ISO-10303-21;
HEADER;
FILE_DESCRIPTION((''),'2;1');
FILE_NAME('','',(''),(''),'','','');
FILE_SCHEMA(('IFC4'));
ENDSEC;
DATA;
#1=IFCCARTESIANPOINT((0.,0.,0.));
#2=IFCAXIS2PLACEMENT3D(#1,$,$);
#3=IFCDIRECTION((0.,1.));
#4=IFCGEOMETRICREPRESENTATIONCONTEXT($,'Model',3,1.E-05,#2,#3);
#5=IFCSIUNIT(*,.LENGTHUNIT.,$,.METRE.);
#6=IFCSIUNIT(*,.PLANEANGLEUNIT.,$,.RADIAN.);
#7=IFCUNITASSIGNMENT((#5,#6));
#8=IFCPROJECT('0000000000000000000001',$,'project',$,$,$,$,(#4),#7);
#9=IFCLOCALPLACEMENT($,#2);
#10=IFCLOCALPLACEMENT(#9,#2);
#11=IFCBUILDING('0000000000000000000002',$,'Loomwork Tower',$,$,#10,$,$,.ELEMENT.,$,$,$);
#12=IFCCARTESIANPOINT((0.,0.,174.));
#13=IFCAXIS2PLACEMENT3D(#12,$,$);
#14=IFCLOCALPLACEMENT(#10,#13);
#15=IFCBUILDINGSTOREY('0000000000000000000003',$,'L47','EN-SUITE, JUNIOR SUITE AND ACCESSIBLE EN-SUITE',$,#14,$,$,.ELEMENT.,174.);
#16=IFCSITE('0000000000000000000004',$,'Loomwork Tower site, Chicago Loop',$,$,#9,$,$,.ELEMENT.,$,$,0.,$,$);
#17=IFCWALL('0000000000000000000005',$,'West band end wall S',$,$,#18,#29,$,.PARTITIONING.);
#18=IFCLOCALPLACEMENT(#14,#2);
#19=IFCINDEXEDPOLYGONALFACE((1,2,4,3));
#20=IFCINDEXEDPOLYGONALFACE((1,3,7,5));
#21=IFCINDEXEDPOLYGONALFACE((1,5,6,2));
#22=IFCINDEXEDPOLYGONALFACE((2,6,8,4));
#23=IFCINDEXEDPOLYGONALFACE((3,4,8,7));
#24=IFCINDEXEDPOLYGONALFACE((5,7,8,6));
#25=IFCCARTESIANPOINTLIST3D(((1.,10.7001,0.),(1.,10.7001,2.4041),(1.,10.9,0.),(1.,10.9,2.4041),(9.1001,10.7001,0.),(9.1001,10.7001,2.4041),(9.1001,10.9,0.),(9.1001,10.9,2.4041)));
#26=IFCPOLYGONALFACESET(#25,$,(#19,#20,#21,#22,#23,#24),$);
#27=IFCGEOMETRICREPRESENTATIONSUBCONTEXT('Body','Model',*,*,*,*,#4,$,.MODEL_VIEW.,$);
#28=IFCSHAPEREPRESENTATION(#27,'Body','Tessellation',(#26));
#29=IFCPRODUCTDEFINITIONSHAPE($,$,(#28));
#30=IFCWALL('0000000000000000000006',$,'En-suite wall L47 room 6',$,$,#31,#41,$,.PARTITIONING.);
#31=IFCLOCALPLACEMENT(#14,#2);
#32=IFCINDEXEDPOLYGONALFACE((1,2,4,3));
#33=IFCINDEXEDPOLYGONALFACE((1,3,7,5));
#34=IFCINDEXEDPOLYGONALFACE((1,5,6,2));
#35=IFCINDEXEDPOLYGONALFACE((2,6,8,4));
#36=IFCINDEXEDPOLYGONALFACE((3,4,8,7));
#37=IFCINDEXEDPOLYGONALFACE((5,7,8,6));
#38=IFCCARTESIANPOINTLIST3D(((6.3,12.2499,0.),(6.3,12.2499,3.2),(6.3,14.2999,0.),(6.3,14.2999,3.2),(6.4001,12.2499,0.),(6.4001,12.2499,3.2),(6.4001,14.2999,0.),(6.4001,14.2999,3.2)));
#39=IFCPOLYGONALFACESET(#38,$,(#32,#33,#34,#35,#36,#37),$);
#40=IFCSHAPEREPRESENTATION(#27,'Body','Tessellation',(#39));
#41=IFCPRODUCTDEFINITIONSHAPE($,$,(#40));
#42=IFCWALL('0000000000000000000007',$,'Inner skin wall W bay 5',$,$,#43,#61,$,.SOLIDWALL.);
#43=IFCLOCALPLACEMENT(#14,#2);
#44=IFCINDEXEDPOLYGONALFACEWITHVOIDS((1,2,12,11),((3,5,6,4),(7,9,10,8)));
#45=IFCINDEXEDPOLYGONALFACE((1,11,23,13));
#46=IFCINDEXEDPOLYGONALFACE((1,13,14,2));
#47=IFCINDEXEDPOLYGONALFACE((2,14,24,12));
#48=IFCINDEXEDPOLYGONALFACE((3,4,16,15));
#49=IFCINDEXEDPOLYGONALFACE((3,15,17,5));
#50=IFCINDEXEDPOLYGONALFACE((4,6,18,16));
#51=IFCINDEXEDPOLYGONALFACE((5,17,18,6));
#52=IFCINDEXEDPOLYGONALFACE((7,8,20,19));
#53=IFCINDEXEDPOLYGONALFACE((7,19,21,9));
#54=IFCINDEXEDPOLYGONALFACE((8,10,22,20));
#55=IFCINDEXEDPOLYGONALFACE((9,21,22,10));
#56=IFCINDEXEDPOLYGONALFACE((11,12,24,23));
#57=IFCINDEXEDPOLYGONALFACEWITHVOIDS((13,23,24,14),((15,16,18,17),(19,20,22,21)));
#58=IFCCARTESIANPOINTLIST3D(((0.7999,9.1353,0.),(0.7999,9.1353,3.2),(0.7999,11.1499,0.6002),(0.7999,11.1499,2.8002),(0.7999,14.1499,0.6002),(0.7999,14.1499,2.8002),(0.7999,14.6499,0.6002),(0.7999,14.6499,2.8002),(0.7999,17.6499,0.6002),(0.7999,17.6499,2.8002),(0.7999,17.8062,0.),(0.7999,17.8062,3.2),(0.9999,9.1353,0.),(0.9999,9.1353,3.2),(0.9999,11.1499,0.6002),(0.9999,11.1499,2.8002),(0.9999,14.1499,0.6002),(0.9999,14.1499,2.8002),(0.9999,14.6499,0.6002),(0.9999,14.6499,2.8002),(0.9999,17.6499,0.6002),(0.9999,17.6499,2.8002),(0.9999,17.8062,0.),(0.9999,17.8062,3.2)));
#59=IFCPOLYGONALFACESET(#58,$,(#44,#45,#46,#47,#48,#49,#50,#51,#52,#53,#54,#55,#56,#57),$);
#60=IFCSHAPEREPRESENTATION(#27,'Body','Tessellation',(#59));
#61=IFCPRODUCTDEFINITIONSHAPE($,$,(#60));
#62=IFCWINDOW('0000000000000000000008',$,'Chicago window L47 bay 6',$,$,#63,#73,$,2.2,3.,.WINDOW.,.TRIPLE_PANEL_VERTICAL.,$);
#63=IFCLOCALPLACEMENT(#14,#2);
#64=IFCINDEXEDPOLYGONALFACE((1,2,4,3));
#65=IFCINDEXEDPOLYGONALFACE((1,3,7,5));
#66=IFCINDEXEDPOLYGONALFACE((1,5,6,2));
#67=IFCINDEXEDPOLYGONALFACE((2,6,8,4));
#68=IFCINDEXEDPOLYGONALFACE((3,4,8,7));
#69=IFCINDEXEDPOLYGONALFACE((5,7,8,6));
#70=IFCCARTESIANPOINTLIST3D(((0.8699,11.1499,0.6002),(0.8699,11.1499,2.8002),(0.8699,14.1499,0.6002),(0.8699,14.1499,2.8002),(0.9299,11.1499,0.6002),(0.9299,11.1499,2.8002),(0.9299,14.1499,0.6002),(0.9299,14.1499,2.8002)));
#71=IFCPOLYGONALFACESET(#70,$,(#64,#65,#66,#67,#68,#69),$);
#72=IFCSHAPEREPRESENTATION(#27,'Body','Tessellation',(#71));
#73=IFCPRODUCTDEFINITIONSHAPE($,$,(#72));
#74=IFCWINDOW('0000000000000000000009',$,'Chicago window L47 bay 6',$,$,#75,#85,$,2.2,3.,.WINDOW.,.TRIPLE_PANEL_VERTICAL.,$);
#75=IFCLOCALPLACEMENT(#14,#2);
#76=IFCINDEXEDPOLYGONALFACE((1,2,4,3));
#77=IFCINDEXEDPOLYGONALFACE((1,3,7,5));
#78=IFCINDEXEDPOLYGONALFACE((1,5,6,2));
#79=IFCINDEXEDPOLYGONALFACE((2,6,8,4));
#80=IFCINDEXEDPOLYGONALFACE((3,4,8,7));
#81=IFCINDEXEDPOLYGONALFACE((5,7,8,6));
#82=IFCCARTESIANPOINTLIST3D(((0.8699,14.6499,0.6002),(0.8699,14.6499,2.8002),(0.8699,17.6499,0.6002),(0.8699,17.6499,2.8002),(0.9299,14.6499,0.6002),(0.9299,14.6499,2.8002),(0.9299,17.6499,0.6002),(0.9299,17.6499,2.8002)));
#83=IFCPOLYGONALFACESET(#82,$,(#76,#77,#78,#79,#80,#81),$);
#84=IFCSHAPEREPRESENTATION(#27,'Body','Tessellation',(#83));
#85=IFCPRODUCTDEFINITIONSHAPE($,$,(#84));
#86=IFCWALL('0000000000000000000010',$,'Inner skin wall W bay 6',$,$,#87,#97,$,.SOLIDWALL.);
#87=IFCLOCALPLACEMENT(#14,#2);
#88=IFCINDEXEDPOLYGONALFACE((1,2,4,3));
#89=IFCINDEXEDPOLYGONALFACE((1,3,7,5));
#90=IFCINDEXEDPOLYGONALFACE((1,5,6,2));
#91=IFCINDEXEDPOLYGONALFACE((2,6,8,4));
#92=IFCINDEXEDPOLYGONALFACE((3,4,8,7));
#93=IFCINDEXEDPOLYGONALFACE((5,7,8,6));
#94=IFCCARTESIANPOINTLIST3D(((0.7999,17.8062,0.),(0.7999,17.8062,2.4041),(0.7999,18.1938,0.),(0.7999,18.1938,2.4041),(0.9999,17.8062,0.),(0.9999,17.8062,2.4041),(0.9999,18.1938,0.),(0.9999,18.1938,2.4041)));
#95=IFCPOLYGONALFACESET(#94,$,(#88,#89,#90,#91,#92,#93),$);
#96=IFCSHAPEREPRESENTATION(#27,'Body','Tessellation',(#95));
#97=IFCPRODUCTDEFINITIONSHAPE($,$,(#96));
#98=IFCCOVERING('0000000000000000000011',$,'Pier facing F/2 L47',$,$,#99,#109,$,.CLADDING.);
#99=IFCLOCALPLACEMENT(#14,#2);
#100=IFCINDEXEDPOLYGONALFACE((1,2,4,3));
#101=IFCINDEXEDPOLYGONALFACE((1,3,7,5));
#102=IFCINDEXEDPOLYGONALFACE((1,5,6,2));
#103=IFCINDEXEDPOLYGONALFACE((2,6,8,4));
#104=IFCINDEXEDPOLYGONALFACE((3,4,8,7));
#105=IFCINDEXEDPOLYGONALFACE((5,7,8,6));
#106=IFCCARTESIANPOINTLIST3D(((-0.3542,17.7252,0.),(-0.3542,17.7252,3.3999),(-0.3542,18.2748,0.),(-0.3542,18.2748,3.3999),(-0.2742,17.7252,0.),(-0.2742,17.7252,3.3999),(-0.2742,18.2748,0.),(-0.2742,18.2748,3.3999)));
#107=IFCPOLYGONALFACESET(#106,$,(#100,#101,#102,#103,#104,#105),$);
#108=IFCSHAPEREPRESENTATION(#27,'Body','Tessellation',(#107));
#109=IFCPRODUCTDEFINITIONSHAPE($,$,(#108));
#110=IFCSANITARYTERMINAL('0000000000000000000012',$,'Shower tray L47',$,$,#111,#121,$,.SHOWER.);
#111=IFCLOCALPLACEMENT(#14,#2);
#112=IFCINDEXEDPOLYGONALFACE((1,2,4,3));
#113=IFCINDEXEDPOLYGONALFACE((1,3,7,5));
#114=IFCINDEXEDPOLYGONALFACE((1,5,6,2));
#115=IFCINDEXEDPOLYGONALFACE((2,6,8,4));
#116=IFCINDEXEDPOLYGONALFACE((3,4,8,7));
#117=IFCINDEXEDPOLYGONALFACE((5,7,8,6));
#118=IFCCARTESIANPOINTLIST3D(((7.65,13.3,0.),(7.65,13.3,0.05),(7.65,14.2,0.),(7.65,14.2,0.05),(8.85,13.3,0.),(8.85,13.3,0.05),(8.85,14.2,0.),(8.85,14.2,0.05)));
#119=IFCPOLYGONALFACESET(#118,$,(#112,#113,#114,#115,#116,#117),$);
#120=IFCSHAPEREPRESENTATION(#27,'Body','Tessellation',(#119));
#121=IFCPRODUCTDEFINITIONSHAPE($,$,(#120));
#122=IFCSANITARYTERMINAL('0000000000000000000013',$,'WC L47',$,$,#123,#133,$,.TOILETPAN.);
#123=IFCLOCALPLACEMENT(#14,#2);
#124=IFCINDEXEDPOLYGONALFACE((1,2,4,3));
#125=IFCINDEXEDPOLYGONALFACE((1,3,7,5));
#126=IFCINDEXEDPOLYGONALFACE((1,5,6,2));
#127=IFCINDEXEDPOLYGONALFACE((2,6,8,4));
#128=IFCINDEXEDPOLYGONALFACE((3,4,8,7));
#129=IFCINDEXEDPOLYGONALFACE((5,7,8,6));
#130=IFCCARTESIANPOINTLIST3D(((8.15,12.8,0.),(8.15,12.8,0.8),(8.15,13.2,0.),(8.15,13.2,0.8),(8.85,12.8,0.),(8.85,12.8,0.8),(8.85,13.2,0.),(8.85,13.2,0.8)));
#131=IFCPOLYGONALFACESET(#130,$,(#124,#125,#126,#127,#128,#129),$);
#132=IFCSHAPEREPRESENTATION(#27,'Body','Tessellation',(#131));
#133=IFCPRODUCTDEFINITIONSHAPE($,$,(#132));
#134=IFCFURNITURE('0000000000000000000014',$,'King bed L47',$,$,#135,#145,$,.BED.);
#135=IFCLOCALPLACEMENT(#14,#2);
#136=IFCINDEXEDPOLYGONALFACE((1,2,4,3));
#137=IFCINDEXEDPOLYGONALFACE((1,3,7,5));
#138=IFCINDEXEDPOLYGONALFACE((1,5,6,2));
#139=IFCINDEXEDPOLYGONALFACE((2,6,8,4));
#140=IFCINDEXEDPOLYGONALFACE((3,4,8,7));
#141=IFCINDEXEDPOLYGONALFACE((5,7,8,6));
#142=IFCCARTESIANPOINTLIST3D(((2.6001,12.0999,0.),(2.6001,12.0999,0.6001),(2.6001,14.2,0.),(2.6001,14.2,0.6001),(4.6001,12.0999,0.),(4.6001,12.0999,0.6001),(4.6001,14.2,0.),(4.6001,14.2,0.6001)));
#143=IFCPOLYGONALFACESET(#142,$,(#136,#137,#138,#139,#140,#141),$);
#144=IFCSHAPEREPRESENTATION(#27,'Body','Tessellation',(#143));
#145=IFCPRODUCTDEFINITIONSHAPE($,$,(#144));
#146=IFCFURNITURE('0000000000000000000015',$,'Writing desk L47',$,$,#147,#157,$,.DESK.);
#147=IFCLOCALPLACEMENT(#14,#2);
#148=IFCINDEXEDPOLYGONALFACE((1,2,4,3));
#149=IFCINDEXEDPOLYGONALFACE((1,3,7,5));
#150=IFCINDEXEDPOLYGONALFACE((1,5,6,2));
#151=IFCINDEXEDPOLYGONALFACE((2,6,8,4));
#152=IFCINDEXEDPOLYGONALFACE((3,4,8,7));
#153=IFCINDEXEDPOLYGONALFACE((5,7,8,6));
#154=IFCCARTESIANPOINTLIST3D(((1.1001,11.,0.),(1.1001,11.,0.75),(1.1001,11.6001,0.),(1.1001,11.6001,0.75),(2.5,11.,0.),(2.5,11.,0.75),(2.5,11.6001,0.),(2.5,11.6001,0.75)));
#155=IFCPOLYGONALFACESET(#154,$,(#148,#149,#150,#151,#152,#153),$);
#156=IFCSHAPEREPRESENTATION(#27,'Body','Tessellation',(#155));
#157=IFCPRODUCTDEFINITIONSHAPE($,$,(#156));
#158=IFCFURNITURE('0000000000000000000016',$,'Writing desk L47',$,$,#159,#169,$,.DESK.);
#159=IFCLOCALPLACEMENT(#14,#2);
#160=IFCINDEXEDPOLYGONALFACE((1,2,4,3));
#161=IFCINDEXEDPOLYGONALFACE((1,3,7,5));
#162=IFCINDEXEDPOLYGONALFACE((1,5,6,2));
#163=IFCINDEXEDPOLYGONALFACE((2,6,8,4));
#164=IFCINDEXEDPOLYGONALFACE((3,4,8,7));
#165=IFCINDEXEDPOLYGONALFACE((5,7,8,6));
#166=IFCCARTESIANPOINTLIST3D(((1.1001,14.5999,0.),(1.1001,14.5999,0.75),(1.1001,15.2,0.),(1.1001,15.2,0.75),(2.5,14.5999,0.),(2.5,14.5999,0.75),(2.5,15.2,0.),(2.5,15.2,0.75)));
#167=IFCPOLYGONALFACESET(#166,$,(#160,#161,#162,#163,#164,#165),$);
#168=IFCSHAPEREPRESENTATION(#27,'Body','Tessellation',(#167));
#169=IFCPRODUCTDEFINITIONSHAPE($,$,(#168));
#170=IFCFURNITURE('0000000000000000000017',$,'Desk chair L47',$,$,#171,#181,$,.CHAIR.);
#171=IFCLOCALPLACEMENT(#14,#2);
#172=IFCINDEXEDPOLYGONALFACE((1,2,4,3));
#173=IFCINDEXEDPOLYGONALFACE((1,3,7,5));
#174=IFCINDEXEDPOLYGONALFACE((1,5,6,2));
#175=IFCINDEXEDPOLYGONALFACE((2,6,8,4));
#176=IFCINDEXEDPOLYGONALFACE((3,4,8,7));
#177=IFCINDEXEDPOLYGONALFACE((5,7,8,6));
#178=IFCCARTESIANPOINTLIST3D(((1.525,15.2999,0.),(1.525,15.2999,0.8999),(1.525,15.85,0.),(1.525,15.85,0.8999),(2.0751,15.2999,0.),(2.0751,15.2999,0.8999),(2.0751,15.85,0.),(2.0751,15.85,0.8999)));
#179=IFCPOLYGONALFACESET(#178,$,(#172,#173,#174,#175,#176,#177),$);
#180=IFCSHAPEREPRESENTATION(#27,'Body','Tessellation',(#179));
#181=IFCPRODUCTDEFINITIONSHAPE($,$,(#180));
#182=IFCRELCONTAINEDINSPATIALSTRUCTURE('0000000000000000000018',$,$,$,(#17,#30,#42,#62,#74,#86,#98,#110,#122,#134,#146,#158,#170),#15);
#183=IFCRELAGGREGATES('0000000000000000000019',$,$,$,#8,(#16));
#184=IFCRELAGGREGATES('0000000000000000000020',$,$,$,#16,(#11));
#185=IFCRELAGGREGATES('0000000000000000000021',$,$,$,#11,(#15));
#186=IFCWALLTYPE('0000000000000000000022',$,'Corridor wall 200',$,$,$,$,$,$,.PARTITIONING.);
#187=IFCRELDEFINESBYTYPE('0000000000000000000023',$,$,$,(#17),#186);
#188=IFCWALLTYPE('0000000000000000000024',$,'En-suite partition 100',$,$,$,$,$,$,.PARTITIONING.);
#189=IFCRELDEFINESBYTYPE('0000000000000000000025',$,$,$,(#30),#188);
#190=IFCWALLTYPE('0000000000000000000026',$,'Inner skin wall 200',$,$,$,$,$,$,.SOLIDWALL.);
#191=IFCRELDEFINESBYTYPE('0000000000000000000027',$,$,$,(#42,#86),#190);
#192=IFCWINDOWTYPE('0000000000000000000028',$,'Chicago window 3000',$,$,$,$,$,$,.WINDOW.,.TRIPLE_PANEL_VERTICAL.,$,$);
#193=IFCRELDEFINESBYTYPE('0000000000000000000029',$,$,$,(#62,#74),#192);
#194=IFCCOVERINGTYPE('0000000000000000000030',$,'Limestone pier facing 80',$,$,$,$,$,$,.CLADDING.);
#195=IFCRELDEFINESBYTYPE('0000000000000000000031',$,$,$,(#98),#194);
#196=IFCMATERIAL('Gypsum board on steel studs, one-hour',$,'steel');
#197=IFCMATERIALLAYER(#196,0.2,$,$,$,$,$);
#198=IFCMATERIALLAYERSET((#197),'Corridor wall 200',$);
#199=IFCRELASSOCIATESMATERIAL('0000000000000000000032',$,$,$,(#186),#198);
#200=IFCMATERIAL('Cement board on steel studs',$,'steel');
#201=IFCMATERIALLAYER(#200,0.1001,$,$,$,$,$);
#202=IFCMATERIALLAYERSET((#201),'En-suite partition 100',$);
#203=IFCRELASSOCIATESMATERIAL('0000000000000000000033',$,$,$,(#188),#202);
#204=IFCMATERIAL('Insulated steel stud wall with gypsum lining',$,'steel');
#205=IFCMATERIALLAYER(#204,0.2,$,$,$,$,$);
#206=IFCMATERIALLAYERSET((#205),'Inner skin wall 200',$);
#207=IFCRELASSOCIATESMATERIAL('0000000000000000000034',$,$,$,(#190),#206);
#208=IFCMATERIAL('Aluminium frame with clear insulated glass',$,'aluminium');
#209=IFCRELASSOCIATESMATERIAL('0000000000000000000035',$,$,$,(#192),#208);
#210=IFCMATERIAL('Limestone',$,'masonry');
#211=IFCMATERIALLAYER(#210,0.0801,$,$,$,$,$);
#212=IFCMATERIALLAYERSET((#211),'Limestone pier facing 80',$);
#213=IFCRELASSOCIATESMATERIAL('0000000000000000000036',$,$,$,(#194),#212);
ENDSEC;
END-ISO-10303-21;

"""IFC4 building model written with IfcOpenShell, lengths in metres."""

from ifc_helpers import new_model, si_unit, direction, frame, frame_2d, origin, origin_2d, place, context, subcontext, project, spatial, rectangle, extrude, material, layer, layer_set, type_object, element, fill, save


model = new_model("IFC4")

# Units and contexts
model_context = context("Model", 3, precision=1e-05, world=origin(), true_north=direction((0.0, 1.0)))
body_context = subcontext(model_context, "Body", "Model", "MODEL_VIEW")
ifc_project = project(units=[si_unit("LENGTHUNIT", "METRE"), si_unit("PLANEANGLEUNIT", "RADIAN")], contexts=[model_context])

# Site, building, storey
site_placement = place(None, origin())
site = spatial("IfcSite", under=ifc_project, at=site_placement, Name="Loomwork Tower site, Chicago Loop", CompositionType="ELEMENT", RefElevation=0.0)
building_placement = place(site_placement, origin())
building = spatial("IfcBuilding", under=site, at=building_placement, Name="Loomwork Tower", CompositionType="ELEMENT")
storey_placement = place(building_placement, frame((0.0, 0.0, 174.0)))
storey = spatial("IfcBuildingStorey", under=building, at=storey_placement, Name="L47", Description="EN-SUITE, JUNIOR SUITE AND ACCESSIBLE EN-SUITE", CompositionType="ELEMENT", Elevation=174.0)

# Walls
ifc_material_1 = material(Name="Gypsum board on steel studs, one-hour", Category="steel")
ifc_layer_1 = layer(ifc_material_1, 0.2)
ifc_layer_set_1 = layer_set([ifc_layer_1], Name="Corridor wall 200")
wall_type_1 = type_object("IfcWallType", Name="Corridor wall 200", PredefinedType="PARTITIONING", material=ifc_layer_set_1)
wall_1_placement = place(storey_placement, frame((1.0, 10.8, 0.0), z_axis=(0.0, 0.0, 1.0), x_axis=(1.0, 0.0, 0.0)))
element("IfcWall", 1, at=wall_1_placement, inside=storey, type_object=wall_type_1, Name="West band end wall S", PredefinedType="PARTITIONING", context=body_context, shape_type="SweptSolid", body=[
    extrude(rectangle(XDim=8.1001, YDim=0.2, at=frame_2d((4.05, 0.0))), origin(), (0.0, 0.0, 1.0), 2.4041),
])
ifc_material_2 = material(Name="Cement board on steel studs", Category="steel")
ifc_layer_2 = layer(ifc_material_2, 0.1001)
ifc_layer_set_2 = layer_set([ifc_layer_2], Name="En-suite partition 100")
wall_type_2 = type_object("IfcWallType", Name="En-suite partition 100", PredefinedType="PARTITIONING", material=ifc_layer_set_2)
wall_2_placement = place(storey_placement, frame((6.3501, 12.25, 0.0), z_axis=(0.0, 0.0, 1.0), x_axis=(0.0, 1.0, 0.0)))
element("IfcWall", 2, at=wall_2_placement, inside=storey, type_object=wall_type_2, Name="En-suite wall L47 room 6", PredefinedType="PARTITIONING", context=body_context, shape_type="SweptSolid", body=[
    extrude(rectangle(XDim=2.05, YDim=0.1001, at=frame_2d((1.0249, 0.0))), origin(), (0.0, 0.0, 1.0), 3.2),
])

# Wall, openings, windows
ifc_material_3 = material(Name="Insulated steel stud wall with gypsum lining", Category="steel")
ifc_layer_3 = layer(ifc_material_3, 0.2)
ifc_layer_set_3 = layer_set([ifc_layer_3], Name="Inner skin wall 200")
wall_type_3 = type_object("IfcWallType", Name="Inner skin wall 200", PredefinedType="SOLIDWALL", material=ifc_layer_set_3)
wall_3_placement = place(storey_placement, frame((0.8999, 9.1353, 0.0), z_axis=(0.0, 0.0, 1.0), x_axis=(0.0, 1.0, 0.0)))
wall_3 = element("IfcWall", 3, at=wall_3_placement, inside=storey, type_object=wall_type_3, Name="Inner skin wall W bay 5", PredefinedType="SOLIDWALL", context=body_context, shape_type="SweptSolid", body=[
    extrude(rectangle(XDim=8.6709, YDim=0.2, at=frame_2d((4.3354, 0.0))), origin(), (0.0, 0.0, 1.0), 3.2),
])
opening_1_placement = place(wall_3_placement, frame((2.0146, 0.0, 0.6001)))
opening_1 = element("IfcOpeningElement", 4, at=opening_1_placement, cuts=wall_3, PredefinedType="OPENING", context=body_context, shape_type="SweptSolid", body=[
    extrude(rectangle(XDim=3.0, YDim=2.2, at=frame_2d((1.5, 1.1001))), frame((0.0, 0.1099, 0.0), z_axis=(0.0, -1.0, 0.0), x_axis=(1.0, 0.0, 0.0)), (0.0, 0.0, 1.0), 0.22),
])
opening_2_placement = place(wall_3_placement, frame((5.5146, 0.0, 0.6001)))
opening_2 = element("IfcOpeningElement", 5, at=opening_2_placement, cuts=wall_3, PredefinedType="OPENING", context=body_context, shape_type="SweptSolid", body=[
    extrude(rectangle(XDim=3.0, YDim=2.2, at=frame_2d((1.5, 1.1001))), frame((0.0, 0.1099, 0.0), z_axis=(0.0, -1.0, 0.0), x_axis=(1.0, 0.0, 0.0)), (0.0, 0.0, 1.0), 0.22),
])
ifc_material_4 = material(Name="Aluminium frame with clear insulated glass", Category="aluminium")
window_type = type_object("IfcWindowType", Name="Chicago window 3000", PartitioningType="TRIPLE_PANEL_VERTICAL", PredefinedType="WINDOW", material=ifc_material_4)
window_1_placement = place(opening_1_placement, origin())
window_1 = element("IfcWindow", 6, at=window_1_placement, inside=storey, type_object=window_type, Name="Chicago window L47 bay 6", OverallHeight=2.2, OverallWidth=3.0, PartitioningType="TRIPLE_PANEL_VERTICAL", PredefinedType="WINDOW", context=body_context, shape_type="SweptSolid", body=[
    extrude(rectangle(XDim=3.0, YDim=2.2, at=frame_2d((1.5, 1.1001))), frame((0.0, 0.03, 0.0), z_axis=(0.0, -1.0, 0.0), x_axis=(1.0, 0.0, 0.0)), (0.0, 0.0, 1.0), 0.0601),
])
fill(opening_1, window_1)
window_2_placement = place(opening_2_placement, origin())
window_2 = element("IfcWindow", 7, at=window_2_placement, inside=storey, type_object=window_type, Name="Chicago window L47 bay 6", OverallHeight=2.2, OverallWidth=3.0, PartitioningType="TRIPLE_PANEL_VERTICAL", PredefinedType="WINDOW", context=body_context, shape_type="SweptSolid", body=[
    extrude(rectangle(XDim=3.0, YDim=2.2, at=frame_2d((1.5, 1.1001))), frame((0.0, 0.03, 0.0), z_axis=(0.0, -1.0, 0.0), x_axis=(1.0, 0.0, 0.0)), (0.0, 0.0, 1.0), 0.0601),
])
fill(opening_2, window_2)

# Wall
wall_4_placement = place(storey_placement, frame((0.8999, 17.8062, 0.0), z_axis=(0.0, 0.0, 1.0), x_axis=(0.0, 1.0, 0.0)))
element("IfcWall", 8, at=wall_4_placement, inside=storey, type_object=wall_type_3, Name="Inner skin wall W bay 6", PredefinedType="SOLIDWALL", context=body_context, shape_type="SweptSolid", body=[
    extrude(rectangle(XDim=0.3877, YDim=0.2, at=frame_2d((0.1938, 0.0))), origin(), (0.0, 0.0, 1.0), 2.4041),
])

# Covering
ifc_material_5 = material(Name="Limestone", Category="masonry")
ifc_layer_4 = layer(ifc_material_5, 0.0801)
ifc_layer_set_4 = layer_set([ifc_layer_4], Name="Limestone pier facing 80")
covering_type = type_object("IfcCoveringType", Name="Limestone pier facing 80", PredefinedType="CLADDING", material=ifc_layer_set_4)
covering_placement = place(storey_placement, frame((-0.3142, 18.0, 0.0), z_axis=(0.0, 0.0, 1.0), x_axis=(1.0, 0.0, 0.0)))
element("IfcCovering", 9, at=covering_placement, inside=storey, type_object=covering_type, Name="Pier facing F/2 L47", PredefinedType="CLADDING", context=body_context, shape_type="SweptSolid", body=[
    extrude(rectangle(XDim=0.0801, YDim=0.5496, at=origin_2d()), origin(), (0.0, 0.0, 1.0), 3.3999),
])

# Sanitary terminals
sanitary_terminal_1_placement = place(storey_placement, frame((8.25, 13.75, 0.0), z_axis=(0.0, 0.0, 1.0), x_axis=(1.0, 0.0, 0.0)))
element("IfcSanitaryTerminal", 10, at=sanitary_terminal_1_placement, inside=storey, Name="Shower tray L47", PredefinedType="SHOWER", context=body_context, shape_type="SweptSolid", body=[
    extrude(rectangle(XDim=1.2, YDim=0.8999, at=origin_2d()), origin(), (0.0, 0.0, 1.0), 0.05),
])
sanitary_terminal_2_placement = place(storey_placement, frame((8.5, 13.0, 0.0), z_axis=(0.0, 0.0, 1.0), x_axis=(1.0, 0.0, 0.0)))
element("IfcSanitaryTerminal", 11, at=sanitary_terminal_2_placement, inside=storey, Name="WC L47", PredefinedType="TOILETPAN", context=body_context, shape_type="SweptSolid", body=[
    extrude(rectangle(XDim=0.7, YDim=0.3999, at=origin_2d()), origin(), (0.0, 0.0, 1.0), 0.8),
])

# Furniture
furniture_1_placement = place(storey_placement, frame((3.6001, 13.1499, 0.0), z_axis=(0.0, 0.0, 1.0), x_axis=(1.0, 0.0, 0.0)))
element("IfcFurniture", 12, at=furniture_1_placement, inside=storey, Name="King bed L47", PredefinedType="BED", context=body_context, shape_type="SweptSolid", body=[
    extrude(rectangle(XDim=2.0, YDim=2.1001, at=origin_2d()), origin(), (0.0, 0.0, 1.0), 0.6001),
])
for number, where, z_axis, x_axis, name in (
    (13, (1.8, 11.3, 0.0), (0.0, 0.0, 1.0), (1.0, 0.0, 0.0), "Writing desk L47"),
    (14, (1.8, 14.8999, 0.0), (0.0, 0.0, 1.0), (1.0, 0.0, 0.0), "Writing desk L47"),
):
    element("IfcFurniture", number, at=place(storey_placement, frame(where, z_axis=z_axis, x_axis=x_axis)), inside=storey, Name=name, PredefinedType="DESK", context=body_context, shape_type="SweptSolid", body=[
        extrude(rectangle(XDim=1.3999, YDim=0.6001, at=origin_2d()), origin(), (0.0, 0.0, 1.0), 0.75),
    ])
furniture_2_placement = place(storey_placement, frame((1.8, 15.575, 0.0), z_axis=(0.0, 0.0, 1.0), x_axis=(1.0, 0.0, 0.0)))
element("IfcFurniture", 15, at=furniture_2_placement, inside=storey, Name="Desk chair L47", PredefinedType="CHAIR", context=body_context, shape_type="SweptSolid", body=[
    extrude(rectangle(XDim=0.55, YDim=0.55, at=origin_2d()), origin(), (0.0, 0.0, 1.0), 0.8999),
])

save(model, "model.ifc")
